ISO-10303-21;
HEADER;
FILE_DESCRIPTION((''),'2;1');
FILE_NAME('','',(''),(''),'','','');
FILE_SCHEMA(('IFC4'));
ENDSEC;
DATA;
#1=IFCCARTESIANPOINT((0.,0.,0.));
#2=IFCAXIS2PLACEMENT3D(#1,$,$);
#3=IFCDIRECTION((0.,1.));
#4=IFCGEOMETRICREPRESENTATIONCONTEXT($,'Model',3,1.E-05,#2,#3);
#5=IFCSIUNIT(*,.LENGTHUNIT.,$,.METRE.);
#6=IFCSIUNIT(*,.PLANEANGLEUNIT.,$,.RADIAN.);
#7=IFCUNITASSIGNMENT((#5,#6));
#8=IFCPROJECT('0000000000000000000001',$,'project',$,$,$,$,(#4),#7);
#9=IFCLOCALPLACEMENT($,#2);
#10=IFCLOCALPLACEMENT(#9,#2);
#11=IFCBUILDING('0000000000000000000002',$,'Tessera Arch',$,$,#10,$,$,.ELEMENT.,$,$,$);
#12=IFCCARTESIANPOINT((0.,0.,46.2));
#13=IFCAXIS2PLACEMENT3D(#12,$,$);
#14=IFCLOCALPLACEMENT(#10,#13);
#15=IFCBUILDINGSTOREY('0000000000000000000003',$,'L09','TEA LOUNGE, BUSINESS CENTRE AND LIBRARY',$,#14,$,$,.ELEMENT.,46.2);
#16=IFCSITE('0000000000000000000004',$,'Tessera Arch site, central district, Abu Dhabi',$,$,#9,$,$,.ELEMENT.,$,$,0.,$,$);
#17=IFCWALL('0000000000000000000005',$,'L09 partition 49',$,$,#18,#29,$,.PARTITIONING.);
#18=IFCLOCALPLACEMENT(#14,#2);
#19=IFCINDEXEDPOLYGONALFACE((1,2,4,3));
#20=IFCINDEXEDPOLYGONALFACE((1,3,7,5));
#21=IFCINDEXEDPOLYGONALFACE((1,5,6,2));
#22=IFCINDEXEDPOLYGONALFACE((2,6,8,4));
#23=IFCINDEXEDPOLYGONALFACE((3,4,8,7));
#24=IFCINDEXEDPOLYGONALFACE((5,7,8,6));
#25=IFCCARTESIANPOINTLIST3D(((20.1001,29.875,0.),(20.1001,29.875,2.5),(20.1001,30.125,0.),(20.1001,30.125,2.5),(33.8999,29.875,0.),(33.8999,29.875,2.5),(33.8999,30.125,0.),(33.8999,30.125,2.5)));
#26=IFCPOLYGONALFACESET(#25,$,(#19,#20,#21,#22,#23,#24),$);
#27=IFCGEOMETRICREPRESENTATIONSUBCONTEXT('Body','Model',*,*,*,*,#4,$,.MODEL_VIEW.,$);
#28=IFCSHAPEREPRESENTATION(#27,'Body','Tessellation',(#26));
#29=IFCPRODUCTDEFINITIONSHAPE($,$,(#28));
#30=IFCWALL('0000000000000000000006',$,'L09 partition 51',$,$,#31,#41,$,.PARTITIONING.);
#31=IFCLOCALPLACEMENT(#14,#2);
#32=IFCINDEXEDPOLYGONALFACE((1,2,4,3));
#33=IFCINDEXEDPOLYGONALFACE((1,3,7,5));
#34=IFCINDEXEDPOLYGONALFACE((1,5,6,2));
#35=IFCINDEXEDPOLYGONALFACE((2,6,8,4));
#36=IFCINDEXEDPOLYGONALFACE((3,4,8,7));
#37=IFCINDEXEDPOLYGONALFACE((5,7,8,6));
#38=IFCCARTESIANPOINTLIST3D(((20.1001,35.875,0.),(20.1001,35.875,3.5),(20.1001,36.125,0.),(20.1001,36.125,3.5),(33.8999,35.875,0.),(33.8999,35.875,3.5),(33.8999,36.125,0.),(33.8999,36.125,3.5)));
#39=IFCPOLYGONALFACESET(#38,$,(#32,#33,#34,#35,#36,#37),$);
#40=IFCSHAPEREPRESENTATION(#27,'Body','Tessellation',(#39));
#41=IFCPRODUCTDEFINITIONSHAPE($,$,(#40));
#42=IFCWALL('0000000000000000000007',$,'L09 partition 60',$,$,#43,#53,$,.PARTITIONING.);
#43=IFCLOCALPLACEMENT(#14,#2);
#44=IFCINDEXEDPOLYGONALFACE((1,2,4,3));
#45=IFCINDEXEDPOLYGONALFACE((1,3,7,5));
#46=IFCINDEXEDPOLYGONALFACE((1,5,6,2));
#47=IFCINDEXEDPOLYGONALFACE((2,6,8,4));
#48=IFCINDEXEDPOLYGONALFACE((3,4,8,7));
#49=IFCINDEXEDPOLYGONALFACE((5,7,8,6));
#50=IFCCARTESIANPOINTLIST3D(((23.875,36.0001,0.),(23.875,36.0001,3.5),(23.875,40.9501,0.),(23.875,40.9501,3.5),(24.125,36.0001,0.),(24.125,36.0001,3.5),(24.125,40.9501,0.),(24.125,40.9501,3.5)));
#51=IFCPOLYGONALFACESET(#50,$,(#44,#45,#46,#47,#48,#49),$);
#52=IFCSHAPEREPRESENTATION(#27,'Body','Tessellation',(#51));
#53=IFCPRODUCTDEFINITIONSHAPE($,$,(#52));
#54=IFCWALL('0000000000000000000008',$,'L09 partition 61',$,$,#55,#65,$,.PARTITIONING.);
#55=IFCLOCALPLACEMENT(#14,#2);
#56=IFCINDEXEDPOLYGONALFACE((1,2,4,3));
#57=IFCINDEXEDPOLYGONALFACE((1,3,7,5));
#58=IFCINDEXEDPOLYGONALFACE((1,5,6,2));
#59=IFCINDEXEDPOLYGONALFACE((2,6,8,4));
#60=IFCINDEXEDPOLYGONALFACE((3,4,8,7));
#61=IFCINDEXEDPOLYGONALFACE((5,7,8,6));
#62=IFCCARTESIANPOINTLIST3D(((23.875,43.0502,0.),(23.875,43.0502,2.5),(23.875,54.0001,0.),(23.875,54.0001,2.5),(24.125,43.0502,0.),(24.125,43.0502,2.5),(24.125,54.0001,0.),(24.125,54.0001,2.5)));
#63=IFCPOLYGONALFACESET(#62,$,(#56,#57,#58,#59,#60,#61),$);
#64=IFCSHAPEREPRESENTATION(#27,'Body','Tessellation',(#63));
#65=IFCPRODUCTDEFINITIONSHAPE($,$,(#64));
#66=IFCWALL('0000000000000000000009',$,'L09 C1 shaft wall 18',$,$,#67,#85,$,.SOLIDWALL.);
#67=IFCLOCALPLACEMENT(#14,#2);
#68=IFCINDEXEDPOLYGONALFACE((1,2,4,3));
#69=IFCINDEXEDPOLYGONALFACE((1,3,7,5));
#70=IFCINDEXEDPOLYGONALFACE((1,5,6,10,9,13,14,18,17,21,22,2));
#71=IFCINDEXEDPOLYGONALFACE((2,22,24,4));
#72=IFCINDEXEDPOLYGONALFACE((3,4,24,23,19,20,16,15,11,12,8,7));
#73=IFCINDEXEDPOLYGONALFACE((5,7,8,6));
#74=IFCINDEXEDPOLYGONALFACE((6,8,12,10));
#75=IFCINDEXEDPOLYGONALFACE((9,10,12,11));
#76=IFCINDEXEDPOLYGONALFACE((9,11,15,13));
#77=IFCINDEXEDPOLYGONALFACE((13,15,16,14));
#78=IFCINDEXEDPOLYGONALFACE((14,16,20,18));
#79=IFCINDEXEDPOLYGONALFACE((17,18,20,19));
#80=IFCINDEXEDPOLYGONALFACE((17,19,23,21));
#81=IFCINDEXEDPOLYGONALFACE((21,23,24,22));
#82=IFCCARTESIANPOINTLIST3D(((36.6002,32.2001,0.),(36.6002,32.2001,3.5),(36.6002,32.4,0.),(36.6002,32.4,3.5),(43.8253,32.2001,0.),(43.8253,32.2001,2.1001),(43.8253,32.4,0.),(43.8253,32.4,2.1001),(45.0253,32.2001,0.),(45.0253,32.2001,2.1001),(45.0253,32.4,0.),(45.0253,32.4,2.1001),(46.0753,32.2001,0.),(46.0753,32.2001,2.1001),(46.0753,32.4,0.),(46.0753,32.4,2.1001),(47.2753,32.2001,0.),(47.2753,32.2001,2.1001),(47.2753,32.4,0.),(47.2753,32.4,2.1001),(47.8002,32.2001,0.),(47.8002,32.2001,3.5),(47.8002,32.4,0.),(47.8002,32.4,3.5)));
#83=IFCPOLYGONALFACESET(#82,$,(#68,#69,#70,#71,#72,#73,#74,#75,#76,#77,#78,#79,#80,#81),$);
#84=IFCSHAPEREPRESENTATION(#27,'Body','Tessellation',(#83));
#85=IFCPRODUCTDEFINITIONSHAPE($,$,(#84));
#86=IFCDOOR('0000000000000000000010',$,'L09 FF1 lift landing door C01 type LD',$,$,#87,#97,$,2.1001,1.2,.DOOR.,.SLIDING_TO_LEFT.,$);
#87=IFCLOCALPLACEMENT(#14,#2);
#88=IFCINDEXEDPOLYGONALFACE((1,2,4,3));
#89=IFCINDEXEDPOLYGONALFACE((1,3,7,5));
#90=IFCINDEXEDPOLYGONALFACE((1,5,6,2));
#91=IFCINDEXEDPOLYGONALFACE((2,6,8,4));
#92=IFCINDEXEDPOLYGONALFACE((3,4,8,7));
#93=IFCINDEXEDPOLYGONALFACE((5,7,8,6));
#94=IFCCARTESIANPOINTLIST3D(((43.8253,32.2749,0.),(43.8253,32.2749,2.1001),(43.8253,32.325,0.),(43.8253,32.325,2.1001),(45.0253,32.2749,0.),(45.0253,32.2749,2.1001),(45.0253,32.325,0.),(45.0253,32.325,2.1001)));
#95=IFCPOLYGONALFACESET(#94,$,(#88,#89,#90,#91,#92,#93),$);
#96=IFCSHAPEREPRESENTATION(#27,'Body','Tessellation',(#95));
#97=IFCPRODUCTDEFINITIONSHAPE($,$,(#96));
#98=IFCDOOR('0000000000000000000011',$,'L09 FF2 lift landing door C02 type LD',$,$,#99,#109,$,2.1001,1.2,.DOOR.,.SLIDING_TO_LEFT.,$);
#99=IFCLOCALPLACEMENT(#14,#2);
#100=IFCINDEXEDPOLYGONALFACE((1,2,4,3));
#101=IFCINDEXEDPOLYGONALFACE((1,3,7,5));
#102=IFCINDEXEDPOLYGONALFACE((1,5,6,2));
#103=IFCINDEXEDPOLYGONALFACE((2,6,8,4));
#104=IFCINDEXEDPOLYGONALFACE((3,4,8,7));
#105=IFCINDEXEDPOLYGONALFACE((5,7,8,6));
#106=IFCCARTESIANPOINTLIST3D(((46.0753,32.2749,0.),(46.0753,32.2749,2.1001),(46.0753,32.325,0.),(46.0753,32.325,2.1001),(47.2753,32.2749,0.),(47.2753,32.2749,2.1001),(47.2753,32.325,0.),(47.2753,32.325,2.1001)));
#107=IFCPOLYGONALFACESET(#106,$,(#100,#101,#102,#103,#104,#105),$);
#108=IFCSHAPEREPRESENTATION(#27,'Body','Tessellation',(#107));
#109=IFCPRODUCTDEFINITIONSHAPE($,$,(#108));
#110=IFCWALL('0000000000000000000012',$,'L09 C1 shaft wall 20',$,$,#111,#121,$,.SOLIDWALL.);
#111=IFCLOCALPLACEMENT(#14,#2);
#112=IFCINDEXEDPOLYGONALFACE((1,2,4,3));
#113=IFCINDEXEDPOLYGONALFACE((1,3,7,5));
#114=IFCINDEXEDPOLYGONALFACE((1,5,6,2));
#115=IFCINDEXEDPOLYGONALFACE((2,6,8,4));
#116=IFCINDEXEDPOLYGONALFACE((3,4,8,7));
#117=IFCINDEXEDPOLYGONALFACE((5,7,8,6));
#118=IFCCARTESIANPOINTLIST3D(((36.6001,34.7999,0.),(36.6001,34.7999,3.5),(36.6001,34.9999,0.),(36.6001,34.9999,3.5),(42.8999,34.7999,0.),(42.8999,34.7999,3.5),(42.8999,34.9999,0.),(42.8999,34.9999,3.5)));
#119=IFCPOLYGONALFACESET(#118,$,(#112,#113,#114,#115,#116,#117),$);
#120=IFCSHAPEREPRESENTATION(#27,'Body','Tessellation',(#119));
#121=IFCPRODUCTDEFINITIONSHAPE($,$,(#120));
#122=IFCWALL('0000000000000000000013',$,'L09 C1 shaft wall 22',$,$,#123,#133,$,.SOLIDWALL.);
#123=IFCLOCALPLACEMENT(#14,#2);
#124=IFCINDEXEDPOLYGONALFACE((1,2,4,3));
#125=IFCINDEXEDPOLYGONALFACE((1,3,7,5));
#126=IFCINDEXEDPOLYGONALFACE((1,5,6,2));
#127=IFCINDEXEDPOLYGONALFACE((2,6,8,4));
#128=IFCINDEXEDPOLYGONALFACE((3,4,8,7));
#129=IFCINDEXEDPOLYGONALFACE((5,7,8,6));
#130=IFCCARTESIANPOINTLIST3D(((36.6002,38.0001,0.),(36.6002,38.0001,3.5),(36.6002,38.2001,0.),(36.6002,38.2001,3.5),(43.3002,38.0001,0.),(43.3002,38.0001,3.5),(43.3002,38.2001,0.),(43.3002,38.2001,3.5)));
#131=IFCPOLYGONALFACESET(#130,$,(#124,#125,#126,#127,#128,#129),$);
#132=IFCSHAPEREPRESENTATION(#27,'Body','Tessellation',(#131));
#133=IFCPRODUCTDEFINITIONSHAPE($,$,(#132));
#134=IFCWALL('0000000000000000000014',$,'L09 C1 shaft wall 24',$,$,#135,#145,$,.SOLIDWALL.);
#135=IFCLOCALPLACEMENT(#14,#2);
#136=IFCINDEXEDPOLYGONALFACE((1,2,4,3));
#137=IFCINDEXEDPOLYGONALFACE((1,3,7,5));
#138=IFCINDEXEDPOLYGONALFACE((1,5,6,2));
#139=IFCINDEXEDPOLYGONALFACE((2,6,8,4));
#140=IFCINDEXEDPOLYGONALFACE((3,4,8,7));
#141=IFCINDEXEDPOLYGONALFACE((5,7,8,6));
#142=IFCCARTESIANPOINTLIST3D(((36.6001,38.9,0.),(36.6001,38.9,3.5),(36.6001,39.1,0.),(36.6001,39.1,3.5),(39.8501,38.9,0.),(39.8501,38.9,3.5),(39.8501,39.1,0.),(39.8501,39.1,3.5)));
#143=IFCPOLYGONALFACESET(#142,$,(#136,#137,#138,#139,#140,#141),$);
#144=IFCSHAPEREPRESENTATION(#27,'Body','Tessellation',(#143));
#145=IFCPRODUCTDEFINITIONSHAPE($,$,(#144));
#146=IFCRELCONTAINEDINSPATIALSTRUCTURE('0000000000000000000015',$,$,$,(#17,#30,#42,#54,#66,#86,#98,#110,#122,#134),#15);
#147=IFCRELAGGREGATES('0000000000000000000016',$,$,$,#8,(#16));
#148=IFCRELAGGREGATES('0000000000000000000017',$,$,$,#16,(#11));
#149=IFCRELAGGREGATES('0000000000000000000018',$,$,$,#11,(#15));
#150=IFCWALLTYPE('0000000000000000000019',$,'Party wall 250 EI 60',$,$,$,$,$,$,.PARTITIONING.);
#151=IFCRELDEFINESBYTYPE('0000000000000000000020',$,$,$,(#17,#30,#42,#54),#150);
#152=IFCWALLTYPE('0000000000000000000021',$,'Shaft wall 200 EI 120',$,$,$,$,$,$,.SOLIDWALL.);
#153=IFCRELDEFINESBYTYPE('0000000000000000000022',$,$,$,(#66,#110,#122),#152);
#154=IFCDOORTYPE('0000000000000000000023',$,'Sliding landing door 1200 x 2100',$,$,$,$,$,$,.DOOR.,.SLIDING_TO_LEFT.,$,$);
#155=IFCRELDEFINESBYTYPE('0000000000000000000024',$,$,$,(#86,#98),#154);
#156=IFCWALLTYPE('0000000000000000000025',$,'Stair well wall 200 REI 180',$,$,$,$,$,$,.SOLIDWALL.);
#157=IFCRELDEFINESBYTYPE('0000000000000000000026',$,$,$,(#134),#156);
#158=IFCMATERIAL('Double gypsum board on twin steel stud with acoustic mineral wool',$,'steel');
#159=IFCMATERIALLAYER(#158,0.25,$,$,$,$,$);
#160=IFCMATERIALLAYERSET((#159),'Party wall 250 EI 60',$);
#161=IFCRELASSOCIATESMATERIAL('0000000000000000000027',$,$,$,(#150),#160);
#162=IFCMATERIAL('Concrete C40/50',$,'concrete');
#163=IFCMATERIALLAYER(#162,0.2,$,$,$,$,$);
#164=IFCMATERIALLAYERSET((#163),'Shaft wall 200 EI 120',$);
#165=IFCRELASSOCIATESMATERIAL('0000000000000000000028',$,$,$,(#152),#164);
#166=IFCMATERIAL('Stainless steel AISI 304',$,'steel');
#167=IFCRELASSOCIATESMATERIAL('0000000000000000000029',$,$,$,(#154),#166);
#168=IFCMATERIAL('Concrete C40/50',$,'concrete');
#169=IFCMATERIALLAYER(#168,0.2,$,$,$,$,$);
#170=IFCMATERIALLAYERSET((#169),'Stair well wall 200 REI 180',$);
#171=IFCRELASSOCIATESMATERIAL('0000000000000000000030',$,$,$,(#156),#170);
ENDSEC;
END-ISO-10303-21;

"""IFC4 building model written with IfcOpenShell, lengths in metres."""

from ifc_helpers import new_model, si_unit, direction, frame, frame_2d, origin, place, context, subcontext, project, spatial, rectangle, extrude, material, layer, layer_set, type_object, element, fill, save


model = new_model("IFC4")

# Units and contexts
model_context = context("Model", 3, precision=1e-05, world=origin(), true_north=direction((0.0, 1.0)))
body_context = subcontext(model_context, "Body", "Model", "MODEL_VIEW")
ifc_project = project(units=[si_unit("LENGTHUNIT", "METRE"), si_unit("PLANEANGLEUNIT", "RADIAN")], contexts=[model_context])

# Site, building, storey
site_placement = place(None, origin())
site = spatial("IfcSite", under=ifc_project, at=site_placement, Name="Tessera Arch site, central district, Abu Dhabi", CompositionType="ELEMENT", RefElevation=0.0)
building_placement = place(site_placement, origin())
building = spatial("IfcBuilding", under=site, at=building_placement, Name="Tessera Arch", CompositionType="ELEMENT")
storey_placement = place(building_placement, frame((0.0, 0.0, 46.2)))
storey = spatial("IfcBuildingStorey", under=building, at=storey_placement, Name="L09", Description="TEA LOUNGE, BUSINESS CENTRE AND LIBRARY", CompositionType="ELEMENT", Elevation=46.2)

# Walls
ifc_material_1 = material(Name="Double gypsum board on twin steel stud with acoustic mineral wool", Category="steel")
ifc_layer_1 = layer(ifc_material_1, 0.25)
ifc_layer_set_1 = layer_set([ifc_layer_1], Name="Party wall 250 EI 60")
wall_type_1 = type_object("IfcWallType", Name="Party wall 250 EI 60", PredefinedType="PARTITIONING", material=ifc_layer_set_1)
wall_1_placement = place(storey_placement, frame((20.1001, 30.0, 0.0), z_axis=(0.0, 0.0, 1.0), x_axis=(1.0, 0.0, 0.0)))
element("IfcWall", 1, at=wall_1_placement, inside=storey, type_object=wall_type_1, Name="L09 partition 49", PredefinedType="PARTITIONING", context=body_context, shape_type="SweptSolid", body=[
    extrude(rectangle(XDim=13.7998, YDim=0.25, at=frame_2d((6.8999, 0.0))), origin(), (0.0, 0.0, 1.0), 2.5),
])
wall_2_placement = place(storey_placement, frame((20.1001, 36.0, 0.0), z_axis=(0.0, 0.0, 1.0), x_axis=(1.0, 0.0, 0.0)))
element("IfcWall", 2, at=wall_2_placement, inside=storey, type_object=wall_type_1, Name="L09 partition 51", PredefinedType="PARTITIONING", context=body_context, shape_type="SweptSolid", body=[
    extrude(rectangle(XDim=13.7998, YDim=0.25, at=frame_2d((6.8999, 0.0))), origin(), (0.0, 0.0, 1.0), 3.5),
])
wall_3_placement = place(storey_placement, frame((24.0, 36.0, 0.0), z_axis=(0.0, 0.0, 1.0), x_axis=(0.0, 1.0, 0.0)))
element("IfcWall", 3, at=wall_3_placement, inside=storey, type_object=wall_type_1, Name="L09 partition 60", PredefinedType="PARTITIONING", context=body_context, shape_type="SweptSolid", body=[
    extrude(rectangle(XDim=4.95, YDim=0.25, at=frame_2d((2.4751, 0.0))), origin(), (0.0, 0.0, 1.0), 3.5),
])
wall_4_placement = place(storey_placement, frame((24.0, 43.05, 0.0), z_axis=(0.0, 0.0, 1.0), x_axis=(0.0, 1.0, 0.0)))
element("IfcWall", 4, at=wall_4_placement, inside=storey, type_object=wall_type_1, Name="L09 partition 61", PredefinedType="PARTITIONING", context=body_context, shape_type="SweptSolid", body=[
    extrude(rectangle(XDim=10.95, YDim=0.25, at=frame_2d((5.4751, 0.0))), origin(), (0.0, 0.0, 1.0), 2.5),
])

# Wall, openings, doors
ifc_material_2 = material(Name="Concrete C40/50", Category="concrete")
ifc_layer_2 = layer(ifc_material_2, 0.2)
ifc_layer_set_2 = layer_set([ifc_layer_2], Name="Shaft wall 200 EI 120")
wall_type_2 = type_object("IfcWallType", Name="Shaft wall 200 EI 120", PredefinedType="SOLIDWALL", material=ifc_layer_set_2)
wall_5_placement = place(storey_placement, frame((36.6001, 32.3, 0.0), z_axis=(0.0, 0.0, 1.0), x_axis=(1.0, 0.0, 0.0)))
wall_5 = element("IfcWall", 5, at=wall_5_placement, inside=storey, type_object=wall_type_2, Name="L09 C1 shaft wall 18", PredefinedType="SOLIDWALL", context=body_context, shape_type="SweptSolid", body=[
    extrude(rectangle(XDim=11.2, YDim=0.2, at=frame_2d((5.6001, 0.0))), origin(), (0.0, 0.0, 1.0), 3.5),
])
opening_1_placement = place(wall_5_placement, frame((7.2251, 0.0, 0.0)))
opening_1 = element("IfcOpeningElement", 6, at=opening_1_placement, cuts=wall_5, PredefinedType="OPENING", context=body_context, shape_type="SweptSolid", body=[
    extrude(rectangle(XDim=1.2, YDim=2.1001, at=frame_2d((0.6001, 1.05))), frame((0.0, 0.1099, 0.0), z_axis=(0.0, -1.0, 0.0), x_axis=(1.0, 0.0, 0.0)), (0.0, 0.0, 1.0), 0.22),
])
opening_2_placement = place(wall_5_placement, frame((9.4751, 0.0, 0.0)))
opening_2 = element("IfcOpeningElement", 7, at=opening_2_placement, cuts=wall_5, PredefinedType="OPENING", context=body_context, shape_type="SweptSolid", body=[
    extrude(rectangle(XDim=1.2, YDim=2.1001, at=frame_2d((0.6001, 1.05))), frame((0.0, 0.1099, 0.0), z_axis=(0.0, -1.0, 0.0), x_axis=(1.0, 0.0, 0.0)), (0.0, 0.0, 1.0), 0.22),
])
ifc_material_3 = material(Name="Stainless steel AISI 304", Category="steel")
door_type_1 = type_object("IfcDoorType", Name="Sliding landing door 1200 x 2100", OperationType="SLIDING_TO_LEFT", PredefinedType="DOOR", material=ifc_material_3)
door_1_placement = place(opening_1_placement, origin())
door_1 = element("IfcDoor", 8, at=door_1_placement, inside=storey, type_object=door_type_1, Name="L09 FF1 lift landing door C01 type LD", OperationType="SLIDING_TO_LEFT", OverallHeight=2.1001, OverallWidth=1.2, PredefinedType="DOOR", context=body_context, shape_type="SweptSolid", body=[
    extrude(rectangle(XDim=1.2, YDim=2.1001, at=frame_2d((0.6001, 1.05))), frame((0.0, 0.0249, 0.0), z_axis=(0.0, -1.0, 0.0), x_axis=(1.0, 0.0, 0.0)), (0.0, 0.0, 1.0), 0.05),
])
fill(opening_1, door_1)
door_2_placement = place(opening_2_placement, origin())
door_2 = element("IfcDoor", 9, at=door_2_placement, inside=storey, type_object=door_type_1, Name="L09 FF2 lift landing door C02 type LD", OperationType="SLIDING_TO_LEFT", OverallHeight=2.1001, OverallWidth=1.2, PredefinedType="DOOR", context=body_context, shape_type="SweptSolid", body=[
    extrude(rectangle(XDim=1.2, YDim=2.1001, at=frame_2d((0.6001, 1.05))), frame((0.0, 0.0249, 0.0), z_axis=(0.0, -1.0, 0.0), x_axis=(1.0, 0.0, 0.0)), (0.0, 0.0, 1.0), 0.05),
])
fill(opening_2, door_2)

# Walls
wall_6_placement = place(storey_placement, frame((36.6001, 34.8999, 0.0), z_axis=(0.0, 0.0, 1.0), x_axis=(1.0, 0.0, 0.0)))
element("IfcWall", 10, at=wall_6_placement, inside=storey, type_object=wall_type_2, Name="L09 C1 shaft wall 20", PredefinedType="SOLIDWALL", context=body_context, shape_type="SweptSolid", body=[
    extrude(rectangle(XDim=6.2998, YDim=0.2, at=frame_2d((3.1499, 0.0))), origin(), (0.0, 0.0, 1.0), 3.5),
])
wall_7_placement = place(storey_placement, frame((36.6001, 38.1001, 0.0), z_axis=(0.0, 0.0, 1.0), x_axis=(1.0, 0.0, 0.0)))
element("IfcWall", 11, at=wall_7_placement, inside=storey, type_object=wall_type_2, Name="L09 C1 shaft wall 22", PredefinedType="SOLIDWALL", context=body_context, shape_type="SweptSolid", body=[
    extrude(rectangle(XDim=6.7, YDim=0.2, at=frame_2d((3.3501, 0.0))), origin(), (0.0, 0.0, 1.0), 3.5),
])
ifc_material_4 = material(Name="Concrete C40/50", Category="concrete")
ifc_layer_3 = layer(ifc_material_4, 0.2)
ifc_layer_set_3 = layer_set([ifc_layer_3], Name="Stair well wall 200 REI 180")
wall_type_3 = type_object("IfcWallType", Name="Stair well wall 200 REI 180", PredefinedType="SOLIDWALL", material=ifc_layer_set_3)
wall_8_placement = place(storey_placement, frame((36.6001, 39.0, 0.0), z_axis=(0.0, 0.0, 1.0), x_axis=(1.0, 0.0, 0.0)))
element("IfcWall", 12, at=wall_8_placement, inside=storey, type_object=wall_type_3, Name="L09 C1 shaft wall 24", PredefinedType="SOLIDWALL", context=body_context, shape_type="SweptSolid", body=[
    extrude(rectangle(XDim=3.25, YDim=0.2, at=frame_2d((1.625, 0.0))), origin(), (0.0, 0.0, 1.0), 3.5),
])

save(model, "model.ifc")
